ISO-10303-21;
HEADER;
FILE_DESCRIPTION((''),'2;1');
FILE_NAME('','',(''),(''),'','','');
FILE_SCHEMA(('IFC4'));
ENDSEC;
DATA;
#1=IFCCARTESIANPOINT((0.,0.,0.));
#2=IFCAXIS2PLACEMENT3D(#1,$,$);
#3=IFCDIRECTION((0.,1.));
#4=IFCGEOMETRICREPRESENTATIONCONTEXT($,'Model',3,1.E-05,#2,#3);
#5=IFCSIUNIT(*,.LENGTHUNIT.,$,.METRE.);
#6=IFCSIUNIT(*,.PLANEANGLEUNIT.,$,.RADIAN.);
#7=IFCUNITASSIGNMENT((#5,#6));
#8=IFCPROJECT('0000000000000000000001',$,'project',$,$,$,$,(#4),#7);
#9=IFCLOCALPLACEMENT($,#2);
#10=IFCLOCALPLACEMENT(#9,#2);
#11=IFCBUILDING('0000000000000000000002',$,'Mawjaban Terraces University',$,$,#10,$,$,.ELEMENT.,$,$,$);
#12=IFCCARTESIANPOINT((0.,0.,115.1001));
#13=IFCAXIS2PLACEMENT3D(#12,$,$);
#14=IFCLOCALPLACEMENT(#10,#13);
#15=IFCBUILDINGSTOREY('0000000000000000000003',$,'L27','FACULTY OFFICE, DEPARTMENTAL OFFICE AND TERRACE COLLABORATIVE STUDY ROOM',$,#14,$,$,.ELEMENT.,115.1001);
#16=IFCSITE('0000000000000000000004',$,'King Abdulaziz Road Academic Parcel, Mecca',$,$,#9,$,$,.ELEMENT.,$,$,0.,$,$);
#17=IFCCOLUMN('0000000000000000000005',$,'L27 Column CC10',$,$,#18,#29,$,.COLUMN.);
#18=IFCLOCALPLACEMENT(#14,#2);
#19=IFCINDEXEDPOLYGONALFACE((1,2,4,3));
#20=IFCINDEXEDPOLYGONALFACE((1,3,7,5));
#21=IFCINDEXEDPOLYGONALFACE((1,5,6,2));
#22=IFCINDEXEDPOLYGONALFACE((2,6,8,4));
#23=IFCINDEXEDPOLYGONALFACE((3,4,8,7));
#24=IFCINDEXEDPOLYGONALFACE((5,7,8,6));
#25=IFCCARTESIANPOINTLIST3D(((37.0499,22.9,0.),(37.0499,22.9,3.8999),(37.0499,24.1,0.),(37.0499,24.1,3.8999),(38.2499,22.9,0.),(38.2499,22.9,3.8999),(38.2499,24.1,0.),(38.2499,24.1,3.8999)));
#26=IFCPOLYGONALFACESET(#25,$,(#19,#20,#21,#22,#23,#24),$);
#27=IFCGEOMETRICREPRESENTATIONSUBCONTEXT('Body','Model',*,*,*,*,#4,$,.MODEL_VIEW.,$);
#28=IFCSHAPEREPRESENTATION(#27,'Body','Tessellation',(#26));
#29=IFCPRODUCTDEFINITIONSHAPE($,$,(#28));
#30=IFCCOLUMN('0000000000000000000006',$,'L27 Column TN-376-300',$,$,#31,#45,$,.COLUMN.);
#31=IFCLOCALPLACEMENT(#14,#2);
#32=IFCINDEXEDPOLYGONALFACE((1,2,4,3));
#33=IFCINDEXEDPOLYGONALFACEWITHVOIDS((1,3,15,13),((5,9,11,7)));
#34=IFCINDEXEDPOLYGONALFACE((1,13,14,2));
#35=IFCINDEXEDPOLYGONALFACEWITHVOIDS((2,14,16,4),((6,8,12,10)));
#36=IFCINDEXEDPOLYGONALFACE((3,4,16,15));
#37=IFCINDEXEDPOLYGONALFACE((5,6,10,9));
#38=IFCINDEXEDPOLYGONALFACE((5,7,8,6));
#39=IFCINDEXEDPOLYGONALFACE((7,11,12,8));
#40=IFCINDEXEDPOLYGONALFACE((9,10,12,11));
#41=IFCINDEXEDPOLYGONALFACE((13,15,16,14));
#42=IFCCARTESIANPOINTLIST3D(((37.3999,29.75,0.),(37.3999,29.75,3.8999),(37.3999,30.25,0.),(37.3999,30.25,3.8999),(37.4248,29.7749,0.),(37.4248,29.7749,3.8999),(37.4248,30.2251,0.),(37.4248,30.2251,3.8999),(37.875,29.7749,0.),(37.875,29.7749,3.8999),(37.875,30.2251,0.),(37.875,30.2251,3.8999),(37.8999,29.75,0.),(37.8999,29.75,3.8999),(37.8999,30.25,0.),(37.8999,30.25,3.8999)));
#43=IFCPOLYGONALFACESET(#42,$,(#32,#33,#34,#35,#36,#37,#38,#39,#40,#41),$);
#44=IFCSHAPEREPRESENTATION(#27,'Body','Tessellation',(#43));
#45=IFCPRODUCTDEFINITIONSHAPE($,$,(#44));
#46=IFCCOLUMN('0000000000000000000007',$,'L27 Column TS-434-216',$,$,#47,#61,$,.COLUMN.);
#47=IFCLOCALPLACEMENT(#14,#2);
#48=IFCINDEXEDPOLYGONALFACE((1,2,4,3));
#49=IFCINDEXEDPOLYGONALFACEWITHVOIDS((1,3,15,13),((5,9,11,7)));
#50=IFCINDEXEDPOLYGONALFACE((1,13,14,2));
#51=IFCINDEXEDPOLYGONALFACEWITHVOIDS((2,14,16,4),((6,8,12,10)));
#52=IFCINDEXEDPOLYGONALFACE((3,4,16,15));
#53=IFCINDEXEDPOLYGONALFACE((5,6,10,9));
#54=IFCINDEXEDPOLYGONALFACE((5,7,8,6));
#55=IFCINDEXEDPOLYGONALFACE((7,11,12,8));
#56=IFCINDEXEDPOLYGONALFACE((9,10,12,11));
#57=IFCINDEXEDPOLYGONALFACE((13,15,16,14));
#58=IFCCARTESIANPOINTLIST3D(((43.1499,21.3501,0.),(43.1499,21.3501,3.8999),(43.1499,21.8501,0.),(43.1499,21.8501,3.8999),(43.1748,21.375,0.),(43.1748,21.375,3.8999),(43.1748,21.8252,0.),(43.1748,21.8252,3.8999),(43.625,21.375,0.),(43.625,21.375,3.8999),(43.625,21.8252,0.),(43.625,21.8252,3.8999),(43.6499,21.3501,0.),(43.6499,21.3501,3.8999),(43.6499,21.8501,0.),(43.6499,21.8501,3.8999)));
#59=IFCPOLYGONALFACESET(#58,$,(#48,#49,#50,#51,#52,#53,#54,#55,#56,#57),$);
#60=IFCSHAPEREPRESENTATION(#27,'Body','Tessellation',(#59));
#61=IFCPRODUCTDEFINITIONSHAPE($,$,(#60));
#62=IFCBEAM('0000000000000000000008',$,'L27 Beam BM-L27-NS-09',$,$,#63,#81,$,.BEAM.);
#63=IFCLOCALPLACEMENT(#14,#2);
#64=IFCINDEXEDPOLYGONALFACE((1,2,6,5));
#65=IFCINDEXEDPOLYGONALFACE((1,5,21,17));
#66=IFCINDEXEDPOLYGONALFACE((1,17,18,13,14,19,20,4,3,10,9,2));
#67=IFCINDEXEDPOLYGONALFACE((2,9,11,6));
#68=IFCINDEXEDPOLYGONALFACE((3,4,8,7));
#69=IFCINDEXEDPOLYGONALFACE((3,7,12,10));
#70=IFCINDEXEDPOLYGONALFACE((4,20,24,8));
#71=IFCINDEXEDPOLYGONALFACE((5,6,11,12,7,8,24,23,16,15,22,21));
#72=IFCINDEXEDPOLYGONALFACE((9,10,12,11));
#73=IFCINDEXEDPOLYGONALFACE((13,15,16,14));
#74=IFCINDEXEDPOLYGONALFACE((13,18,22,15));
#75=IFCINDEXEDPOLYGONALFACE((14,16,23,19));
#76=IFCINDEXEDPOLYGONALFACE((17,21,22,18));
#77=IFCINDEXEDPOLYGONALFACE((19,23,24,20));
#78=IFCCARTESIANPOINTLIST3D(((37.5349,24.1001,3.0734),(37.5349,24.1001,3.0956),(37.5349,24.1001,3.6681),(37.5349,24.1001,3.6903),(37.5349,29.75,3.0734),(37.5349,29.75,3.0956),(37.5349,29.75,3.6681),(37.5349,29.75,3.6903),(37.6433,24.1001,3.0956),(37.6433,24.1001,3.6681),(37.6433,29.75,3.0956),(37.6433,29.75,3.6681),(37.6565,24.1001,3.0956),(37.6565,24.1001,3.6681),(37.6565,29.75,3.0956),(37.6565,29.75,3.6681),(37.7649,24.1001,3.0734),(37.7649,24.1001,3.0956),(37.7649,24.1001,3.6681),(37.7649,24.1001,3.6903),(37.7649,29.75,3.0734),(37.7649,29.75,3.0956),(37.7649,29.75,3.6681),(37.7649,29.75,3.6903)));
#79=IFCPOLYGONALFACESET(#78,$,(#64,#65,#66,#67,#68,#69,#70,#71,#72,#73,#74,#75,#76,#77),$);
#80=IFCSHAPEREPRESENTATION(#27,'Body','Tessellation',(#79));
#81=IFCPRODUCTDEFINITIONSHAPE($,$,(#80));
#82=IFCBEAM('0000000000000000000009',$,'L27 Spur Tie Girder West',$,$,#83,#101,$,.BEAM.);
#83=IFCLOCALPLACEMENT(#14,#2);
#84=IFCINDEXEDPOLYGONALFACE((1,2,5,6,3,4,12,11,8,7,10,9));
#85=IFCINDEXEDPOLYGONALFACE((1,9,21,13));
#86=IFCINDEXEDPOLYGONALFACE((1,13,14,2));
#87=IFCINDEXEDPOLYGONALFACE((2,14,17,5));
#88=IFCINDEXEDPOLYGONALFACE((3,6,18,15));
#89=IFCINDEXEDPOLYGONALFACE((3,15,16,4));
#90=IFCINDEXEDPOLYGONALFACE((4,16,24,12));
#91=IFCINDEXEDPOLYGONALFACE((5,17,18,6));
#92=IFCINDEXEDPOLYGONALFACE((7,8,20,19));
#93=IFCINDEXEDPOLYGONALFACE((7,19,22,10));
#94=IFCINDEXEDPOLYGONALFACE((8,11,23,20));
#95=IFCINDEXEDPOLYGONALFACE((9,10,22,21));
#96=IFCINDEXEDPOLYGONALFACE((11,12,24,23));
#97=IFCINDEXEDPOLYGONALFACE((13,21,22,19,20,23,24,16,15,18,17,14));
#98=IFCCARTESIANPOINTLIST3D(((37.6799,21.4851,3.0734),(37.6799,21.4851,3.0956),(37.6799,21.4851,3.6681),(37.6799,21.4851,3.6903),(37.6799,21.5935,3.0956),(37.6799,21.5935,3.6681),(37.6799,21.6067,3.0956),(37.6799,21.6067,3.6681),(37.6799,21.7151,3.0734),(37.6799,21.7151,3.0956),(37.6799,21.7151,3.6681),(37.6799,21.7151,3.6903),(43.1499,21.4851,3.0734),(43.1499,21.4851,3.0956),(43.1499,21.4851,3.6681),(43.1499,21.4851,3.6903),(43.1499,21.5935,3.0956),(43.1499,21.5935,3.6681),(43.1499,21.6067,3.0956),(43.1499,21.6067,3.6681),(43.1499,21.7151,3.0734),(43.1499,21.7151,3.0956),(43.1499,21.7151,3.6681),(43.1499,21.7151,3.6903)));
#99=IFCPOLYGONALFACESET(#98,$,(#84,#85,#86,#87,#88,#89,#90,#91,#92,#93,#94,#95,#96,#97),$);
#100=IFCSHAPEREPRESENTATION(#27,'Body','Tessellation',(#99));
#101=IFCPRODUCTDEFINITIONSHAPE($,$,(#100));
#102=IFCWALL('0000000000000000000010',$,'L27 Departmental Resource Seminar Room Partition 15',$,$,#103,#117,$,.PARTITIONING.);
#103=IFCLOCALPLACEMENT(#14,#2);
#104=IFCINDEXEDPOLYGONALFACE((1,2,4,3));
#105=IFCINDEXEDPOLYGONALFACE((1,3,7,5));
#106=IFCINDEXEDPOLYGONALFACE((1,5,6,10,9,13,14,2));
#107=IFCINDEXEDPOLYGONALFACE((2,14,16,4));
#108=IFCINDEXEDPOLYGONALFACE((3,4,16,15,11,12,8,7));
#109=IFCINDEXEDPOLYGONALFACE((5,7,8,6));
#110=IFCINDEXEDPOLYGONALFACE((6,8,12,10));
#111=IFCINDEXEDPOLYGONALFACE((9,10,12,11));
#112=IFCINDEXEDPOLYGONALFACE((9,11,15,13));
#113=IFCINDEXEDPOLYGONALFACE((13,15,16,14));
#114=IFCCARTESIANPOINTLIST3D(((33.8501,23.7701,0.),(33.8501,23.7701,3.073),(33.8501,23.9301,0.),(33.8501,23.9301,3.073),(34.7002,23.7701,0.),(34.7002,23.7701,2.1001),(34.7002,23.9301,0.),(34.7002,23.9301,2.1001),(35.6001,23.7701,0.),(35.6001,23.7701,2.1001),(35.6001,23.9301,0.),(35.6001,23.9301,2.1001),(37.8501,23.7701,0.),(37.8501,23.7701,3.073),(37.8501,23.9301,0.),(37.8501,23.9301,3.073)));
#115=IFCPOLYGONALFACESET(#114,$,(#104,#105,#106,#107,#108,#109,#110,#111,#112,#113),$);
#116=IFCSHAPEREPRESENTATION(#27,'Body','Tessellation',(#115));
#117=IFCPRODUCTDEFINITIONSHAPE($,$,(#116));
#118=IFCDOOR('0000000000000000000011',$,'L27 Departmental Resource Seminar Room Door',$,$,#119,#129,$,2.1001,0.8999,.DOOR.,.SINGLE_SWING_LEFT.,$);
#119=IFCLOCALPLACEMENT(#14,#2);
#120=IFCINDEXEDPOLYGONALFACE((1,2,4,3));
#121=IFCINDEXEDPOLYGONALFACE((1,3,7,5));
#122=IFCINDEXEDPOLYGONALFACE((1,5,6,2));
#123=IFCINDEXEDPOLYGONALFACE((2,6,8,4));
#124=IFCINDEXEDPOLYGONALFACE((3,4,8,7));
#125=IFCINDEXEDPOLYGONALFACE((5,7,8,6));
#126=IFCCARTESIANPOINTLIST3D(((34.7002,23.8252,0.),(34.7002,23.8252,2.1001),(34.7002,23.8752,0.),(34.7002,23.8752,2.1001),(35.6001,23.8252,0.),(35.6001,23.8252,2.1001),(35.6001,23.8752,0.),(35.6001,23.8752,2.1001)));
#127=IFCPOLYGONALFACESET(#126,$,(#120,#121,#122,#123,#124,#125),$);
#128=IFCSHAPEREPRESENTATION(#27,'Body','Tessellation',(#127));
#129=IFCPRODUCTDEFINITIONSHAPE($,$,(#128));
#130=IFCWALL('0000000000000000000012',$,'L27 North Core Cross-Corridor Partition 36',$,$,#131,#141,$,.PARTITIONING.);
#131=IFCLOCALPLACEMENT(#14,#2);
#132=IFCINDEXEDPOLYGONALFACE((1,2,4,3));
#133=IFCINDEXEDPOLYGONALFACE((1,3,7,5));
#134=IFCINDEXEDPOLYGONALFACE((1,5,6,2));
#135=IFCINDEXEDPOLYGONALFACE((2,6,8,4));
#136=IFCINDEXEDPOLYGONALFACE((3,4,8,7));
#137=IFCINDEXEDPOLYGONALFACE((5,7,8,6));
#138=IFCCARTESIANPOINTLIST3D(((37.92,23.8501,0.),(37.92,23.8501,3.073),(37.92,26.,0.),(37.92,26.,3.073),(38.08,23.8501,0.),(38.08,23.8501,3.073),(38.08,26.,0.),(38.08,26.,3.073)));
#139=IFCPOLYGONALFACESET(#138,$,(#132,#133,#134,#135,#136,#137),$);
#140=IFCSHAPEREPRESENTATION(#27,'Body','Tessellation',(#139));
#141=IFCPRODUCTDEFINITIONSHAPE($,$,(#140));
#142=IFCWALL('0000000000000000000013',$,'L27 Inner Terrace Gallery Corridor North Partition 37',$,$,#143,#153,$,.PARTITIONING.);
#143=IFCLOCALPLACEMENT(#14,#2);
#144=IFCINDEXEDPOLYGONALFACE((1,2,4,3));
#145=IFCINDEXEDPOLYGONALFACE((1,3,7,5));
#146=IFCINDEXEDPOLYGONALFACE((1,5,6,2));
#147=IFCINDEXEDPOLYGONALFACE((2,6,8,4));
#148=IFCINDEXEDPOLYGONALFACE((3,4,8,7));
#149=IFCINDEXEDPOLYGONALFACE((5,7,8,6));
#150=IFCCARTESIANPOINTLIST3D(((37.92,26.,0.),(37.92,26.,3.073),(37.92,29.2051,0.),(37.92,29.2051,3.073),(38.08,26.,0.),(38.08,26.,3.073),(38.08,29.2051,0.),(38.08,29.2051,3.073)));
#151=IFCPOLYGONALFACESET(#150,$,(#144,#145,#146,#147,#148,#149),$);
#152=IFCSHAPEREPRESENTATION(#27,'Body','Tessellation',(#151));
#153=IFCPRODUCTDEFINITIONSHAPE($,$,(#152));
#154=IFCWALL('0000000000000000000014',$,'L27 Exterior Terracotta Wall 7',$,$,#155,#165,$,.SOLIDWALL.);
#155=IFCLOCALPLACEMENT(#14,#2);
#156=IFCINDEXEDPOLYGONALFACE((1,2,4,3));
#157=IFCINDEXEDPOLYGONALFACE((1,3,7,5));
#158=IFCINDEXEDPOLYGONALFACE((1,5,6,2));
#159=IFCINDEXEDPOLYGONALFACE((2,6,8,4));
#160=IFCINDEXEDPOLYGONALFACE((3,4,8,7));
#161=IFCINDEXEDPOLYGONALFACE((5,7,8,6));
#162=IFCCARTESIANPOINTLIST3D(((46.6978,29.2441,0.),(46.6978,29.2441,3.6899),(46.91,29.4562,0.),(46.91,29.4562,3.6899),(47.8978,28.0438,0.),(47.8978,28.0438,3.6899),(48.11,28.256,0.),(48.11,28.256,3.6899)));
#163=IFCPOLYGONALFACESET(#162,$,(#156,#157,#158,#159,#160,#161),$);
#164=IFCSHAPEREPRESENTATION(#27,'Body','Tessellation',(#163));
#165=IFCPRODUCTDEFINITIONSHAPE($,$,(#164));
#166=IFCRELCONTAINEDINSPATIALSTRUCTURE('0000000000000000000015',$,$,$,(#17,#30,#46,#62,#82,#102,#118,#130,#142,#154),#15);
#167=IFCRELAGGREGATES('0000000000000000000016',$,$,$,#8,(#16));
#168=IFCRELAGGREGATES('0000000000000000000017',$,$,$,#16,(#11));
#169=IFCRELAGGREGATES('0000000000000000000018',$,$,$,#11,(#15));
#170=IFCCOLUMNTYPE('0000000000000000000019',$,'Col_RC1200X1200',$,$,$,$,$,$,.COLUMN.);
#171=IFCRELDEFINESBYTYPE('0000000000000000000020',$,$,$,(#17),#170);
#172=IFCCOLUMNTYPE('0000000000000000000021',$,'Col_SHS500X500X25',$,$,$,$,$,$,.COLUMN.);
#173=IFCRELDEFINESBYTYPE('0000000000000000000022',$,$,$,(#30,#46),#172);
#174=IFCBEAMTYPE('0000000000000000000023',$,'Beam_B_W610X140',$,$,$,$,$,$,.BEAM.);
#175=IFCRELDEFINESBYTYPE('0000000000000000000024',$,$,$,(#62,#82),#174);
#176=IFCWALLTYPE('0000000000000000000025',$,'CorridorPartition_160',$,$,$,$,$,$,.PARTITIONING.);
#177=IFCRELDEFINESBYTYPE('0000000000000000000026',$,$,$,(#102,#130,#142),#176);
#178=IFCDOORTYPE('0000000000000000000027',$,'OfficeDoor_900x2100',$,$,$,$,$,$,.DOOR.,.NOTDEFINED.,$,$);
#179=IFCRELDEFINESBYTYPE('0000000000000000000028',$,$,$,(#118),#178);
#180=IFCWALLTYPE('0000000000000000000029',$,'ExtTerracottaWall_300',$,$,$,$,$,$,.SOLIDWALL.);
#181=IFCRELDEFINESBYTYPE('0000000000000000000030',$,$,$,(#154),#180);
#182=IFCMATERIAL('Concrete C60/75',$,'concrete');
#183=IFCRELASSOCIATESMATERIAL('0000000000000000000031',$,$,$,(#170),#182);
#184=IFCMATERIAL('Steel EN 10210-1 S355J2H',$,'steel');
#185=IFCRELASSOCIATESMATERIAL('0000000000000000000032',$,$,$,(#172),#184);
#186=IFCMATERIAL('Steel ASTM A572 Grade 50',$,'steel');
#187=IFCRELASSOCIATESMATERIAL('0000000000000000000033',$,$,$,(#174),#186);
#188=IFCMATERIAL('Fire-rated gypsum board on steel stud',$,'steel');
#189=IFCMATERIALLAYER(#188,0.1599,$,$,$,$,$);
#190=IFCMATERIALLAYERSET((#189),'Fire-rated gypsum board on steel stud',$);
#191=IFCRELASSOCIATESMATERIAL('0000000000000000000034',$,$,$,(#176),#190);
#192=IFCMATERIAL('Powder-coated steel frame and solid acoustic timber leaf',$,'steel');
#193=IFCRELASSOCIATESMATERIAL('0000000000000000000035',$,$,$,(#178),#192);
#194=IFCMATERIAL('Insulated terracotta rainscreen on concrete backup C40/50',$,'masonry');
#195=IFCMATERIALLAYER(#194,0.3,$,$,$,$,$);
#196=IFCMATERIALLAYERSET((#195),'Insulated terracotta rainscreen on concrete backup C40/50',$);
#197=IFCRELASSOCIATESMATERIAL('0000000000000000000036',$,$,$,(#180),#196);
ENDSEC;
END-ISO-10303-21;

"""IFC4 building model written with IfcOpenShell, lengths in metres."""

from ifc_helpers import new_model, si_unit, direction, frame, frame_2d, origin, origin_2d, place, context, subcontext, project, spatial, rectangle, hollow_rectangle, i_section, extrude, material, layer, layer_set, material_profile, profile_set, type_object, element, fill, save


model = new_model("IFC4")

# Units and contexts
model_context = context("Model", 3, precision=1e-05, world=origin(), true_north=direction((0.0, 1.0)))
body_context = subcontext(model_context, "Body", "Model", "MODEL_VIEW")
ifc_project = project(units=[si_unit("LENGTHUNIT", "METRE"), si_unit("PLANEANGLEUNIT", "RADIAN")], contexts=[model_context])

# Site, building, storey
site_placement = place(None, origin())
site = spatial("IfcSite", under=ifc_project, at=site_placement, Name="King Abdulaziz Road Academic Parcel, Mecca", CompositionType="ELEMENT", RefElevation=0.0)
building_placement = place(site_placement, origin())
building = spatial("IfcBuilding", under=site, at=building_placement, Name="Mawjaban Terraces University", CompositionType="ELEMENT")
storey_placement = place(building_placement, frame((0.0, 0.0, 115.1001)))
storey = spatial("IfcBuildingStorey", under=building, at=storey_placement, Name="L27", Description="FACULTY OFFICE, DEPARTMENTAL OFFICE AND TERRACE COLLABORATIVE STUDY ROOM", CompositionType="ELEMENT", Elevation=115.1001)

# Columns
ifc_material_1 = material(Name="Concrete C60/75", Category="concrete")
ifc_material_profile_1 = material_profile(ifc_material_1, rectangle(XDim=1.2, YDim=1.2, at=origin_2d()), Name="RC1200X1200")
ifc_profile_set_1 = profile_set([ifc_material_profile_1], Name="Concrete C60/75")
column_type_1 = type_object("IfcColumnType", Name="Col_RC1200X1200", PredefinedType="COLUMN", material=ifc_profile_set_1)
column_placement = place(storey_placement, frame((37.6499, 23.5, 0.0), z_axis=(0.0, 0.0, 1.0), x_axis=(1.0, 0.0, 0.0)))
element("IfcColumn", 1, at=column_placement, inside=storey, type_object=column_type_1, Name="L27 Column CC10", PredefinedType="COLUMN", context=body_context, shape_type="SweptSolid", body=[
    extrude(rectangle(XDim=1.2, YDim=1.2, at=origin_2d()), origin(), (0.0, 0.0, 1.0), 3.8999),
])
ifc_material_2 = material(Name="Steel EN 10210-1 S355J2H", Category="steel")
ifc_material_profile_2 = material_profile(ifc_material_2, hollow_rectangle(XDim=0.5, YDim=0.5, WallThickness=0.0249, at=origin_2d()), Name="SHS500X500X25")
ifc_profile_set_2 = profile_set([ifc_material_profile_2], Name="Steel EN 10210-1 S355J2H")
column_type_2 = type_object("IfcColumnType", Name="Col_SHS500X500X25", PredefinedType="COLUMN", material=ifc_profile_set_2)
for number, where, z_axis, x_axis, name in (
    (2, (37.6499, 30.0, 0.0), (0.0, 0.0, 1.0), (1.0, 0.0, 0.0), "L27 Column TN-376-300"),
    (3, (43.3999, 21.6001, 0.0), (0.0, 0.0, 1.0), (1.0, 0.0, 0.0), "L27 Column TS-434-216"),
):
    element("IfcColumn", number, at=place(storey_placement, frame(where, z_axis=z_axis, x_axis=x_axis)), inside=storey, type_object=column_type_2, Name=name, PredefinedType="COLUMN", context=body_context, shape_type="SweptSolid", body=[
        extrude(hollow_rectangle(XDim=0.5, YDim=0.5, WallThickness=0.0249, at=origin_2d()), origin(), (0.0, 0.0, 1.0), 3.8999),
    ])

# Beams
ifc_material_3 = material(Name="Steel ASTM A572 Grade 50", Category="steel")
ifc_material_profile_3 = material_profile(ifc_material_3, i_section(OverallWidth=0.23, OverallDepth=0.6169, WebThickness=0.0132, FlangeThickness=0.0222, at=origin_2d()), Name="W610X140")
ifc_profile_set_3 = profile_set([ifc_material_profile_3], Name="Steel ASTM A572 Grade 50")
beam_type = type_object("IfcBeamType", Name="Beam_B_W610X140", PredefinedType="BEAM", material=ifc_profile_set_3)
beam_1_placement = place(storey_placement, frame((37.6499, 24.1001, 3.3818), z_axis=(0.0, 1.0, 0.0), x_axis=(-1.0, 0.0, 0.0)))
element("IfcBeam", 4, at=beam_1_placement, inside=storey, type_object=beam_type, Name="L27 Beam BM-L27-NS-09", PredefinedType="BEAM", context=body_context, shape_type="SweptSolid", body=[
    extrude(i_section(OverallWidth=0.23, OverallDepth=0.6169, WebThickness=0.0132, FlangeThickness=0.0222, at=origin_2d()), origin(), (0.0, 0.0, 1.0), 5.6499),
])
beam_2_placement = place(storey_placement, frame((37.6799, 21.6001, 3.3818), z_axis=(1.0, 0.0, 0.0), x_axis=(0.0, 1.0, 0.0)))
element("IfcBeam", 5, at=beam_2_placement, inside=storey, type_object=beam_type, Name="L27 Spur Tie Girder West", PredefinedType="BEAM", context=body_context, shape_type="SweptSolid", body=[
    extrude(i_section(OverallWidth=0.23, OverallDepth=0.6169, WebThickness=0.0132, FlangeThickness=0.0222, at=origin_2d()), origin(), (0.0, 0.0, 1.0), 5.47),
])

# Wall, opening, door
ifc_material_4 = material(Name="Fire-rated gypsum board on steel stud", Category="steel")
ifc_layer_1 = layer(ifc_material_4, 0.1599)
ifc_layer_set_1 = layer_set([ifc_layer_1], Name="Fire-rated gypsum board on steel stud")
wall_type_1 = type_object("IfcWallType", Name="CorridorPartition_160", PredefinedType="PARTITIONING", material=ifc_layer_set_1)
wall_1_placement = place(storey_placement, frame((37.8501, 23.8501, 0.0), z_axis=(0.0, 0.0, 1.0), x_axis=(-1.0, 0.0, 0.0)))
wall_1 = element("IfcWall", 6, at=wall_1_placement, inside=storey, type_object=wall_type_1, Name="L27 Departmental Resource Seminar Room Partition 15", PredefinedType="PARTITIONING", context=body_context, shape_type="SweptSolid", body=[
    extrude(rectangle(XDim=4.0, YDim=0.1599, at=frame_2d((2.0, 0.0))), origin(), (0.0, 0.0, 1.0), 3.073),
])
opening_1_placement = place(wall_1_placement, frame((2.25, 0.0, 0.0)))
opening_1 = element("IfcOpeningElement", 7, at=opening_1_placement, cuts=wall_1, PredefinedType="OPENING", context=body_context, shape_type="SweptSolid", body=[
    extrude(rectangle(XDim=0.8999, YDim=2.1001, at=frame_2d((0.45, 1.05))), frame((0.0, 0.0898, 0.0), z_axis=(0.0, -1.0, 0.0), x_axis=(1.0, 0.0, 0.0)), (0.0, 0.0, 1.0), 0.1799),
])
ifc_material_5 = material(Name="Powder-coated steel frame and solid acoustic timber leaf", Category="steel")
door_type_1 = type_object("IfcDoorType", Name="OfficeDoor_900x2100", OperationType="NOTDEFINED", PredefinedType="DOOR", material=ifc_material_5)
door_1_placement = place(opening_1_placement, origin())
door_1 = element("IfcDoor", 8, at=door_1_placement, inside=storey, type_object=door_type_1, Name="L27 Departmental Resource Seminar Room Door", OperationType="SINGLE_SWING_LEFT", OverallHeight=2.1001, OverallWidth=0.8999, PredefinedType="DOOR", context=body_context, shape_type="SweptSolid", body=[
    extrude(rectangle(XDim=0.8999, YDim=2.1001, at=frame_2d((0.45, 1.05))), frame((0.0, 0.0249, 0.0), z_axis=(0.0, -1.0, 0.0), x_axis=(1.0, 0.0, 0.0)), (0.0, 0.0, 1.0), 0.05),
])
fill(opening_1, door_1)

# Walls
wall_2_placement = place(storey_placement, frame((38.0, 23.8501, 0.0), z_axis=(0.0, 0.0, 1.0), x_axis=(0.0, 1.0, 0.0)))
element("IfcWall", 9, at=wall_2_placement, inside=storey, type_object=wall_type_1, Name="L27 North Core Cross-Corridor Partition 36", PredefinedType="PARTITIONING", context=body_context, shape_type="SweptSolid", body=[
    extrude(rectangle(XDim=2.1499, YDim=0.1599, at=frame_2d((1.075, 0.0))), origin(), (0.0, 0.0, 1.0), 3.073),
])
wall_3_placement = place(storey_placement, frame((38.0, 26.0, 0.0), z_axis=(0.0, 0.0, 1.0), x_axis=(0.0, 1.0, 0.0)))
element("IfcWall", 10, at=wall_3_placement, inside=storey, type_object=wall_type_1, Name="L27 Inner Terrace Gallery Corridor North Partition 37", PredefinedType="PARTITIONING", context=body_context, shape_type="SweptSolid", body=[
    extrude(rectangle(XDim=3.2051, YDim=0.1599, at=frame_2d((1.6025, 0.0))), origin(), (0.0, 0.0, 1.0), 3.073),
])
ifc_material_6 = material(Name="Insulated terracotta rainscreen on concrete backup C40/50", Category="masonry")
ifc_layer_2 = layer(ifc_material_6, 0.3)
ifc_layer_set_2 = layer_set([ifc_layer_2], Name="Insulated terracotta rainscreen on concrete backup C40/50")
wall_type_2 = type_object("IfcWallType", Name="ExtTerracottaWall_300", PredefinedType="SOLIDWALL", material=ifc_layer_set_2)
wall_4_placement = place(storey_placement, frame((48.0039, 28.1499, 0.0), z_axis=(0.0, 0.0, 1.0), x_axis=(-0.707035, 0.707179, 0.0)))
element("IfcWall", 11, at=wall_4_placement, inside=storey, type_object=wall_type_2, Name="L27 Exterior Terracotta Wall 7", PredefinedType="SOLIDWALL", context=body_context, shape_type="SweptSolid", body=[
    extrude(rectangle(XDim=1.6973, YDim=0.3, at=frame_2d((0.8486, 0.0))), origin(), (0.0, 0.0, 1.0), 3.6899),
])

save(model, "model.ifc")
